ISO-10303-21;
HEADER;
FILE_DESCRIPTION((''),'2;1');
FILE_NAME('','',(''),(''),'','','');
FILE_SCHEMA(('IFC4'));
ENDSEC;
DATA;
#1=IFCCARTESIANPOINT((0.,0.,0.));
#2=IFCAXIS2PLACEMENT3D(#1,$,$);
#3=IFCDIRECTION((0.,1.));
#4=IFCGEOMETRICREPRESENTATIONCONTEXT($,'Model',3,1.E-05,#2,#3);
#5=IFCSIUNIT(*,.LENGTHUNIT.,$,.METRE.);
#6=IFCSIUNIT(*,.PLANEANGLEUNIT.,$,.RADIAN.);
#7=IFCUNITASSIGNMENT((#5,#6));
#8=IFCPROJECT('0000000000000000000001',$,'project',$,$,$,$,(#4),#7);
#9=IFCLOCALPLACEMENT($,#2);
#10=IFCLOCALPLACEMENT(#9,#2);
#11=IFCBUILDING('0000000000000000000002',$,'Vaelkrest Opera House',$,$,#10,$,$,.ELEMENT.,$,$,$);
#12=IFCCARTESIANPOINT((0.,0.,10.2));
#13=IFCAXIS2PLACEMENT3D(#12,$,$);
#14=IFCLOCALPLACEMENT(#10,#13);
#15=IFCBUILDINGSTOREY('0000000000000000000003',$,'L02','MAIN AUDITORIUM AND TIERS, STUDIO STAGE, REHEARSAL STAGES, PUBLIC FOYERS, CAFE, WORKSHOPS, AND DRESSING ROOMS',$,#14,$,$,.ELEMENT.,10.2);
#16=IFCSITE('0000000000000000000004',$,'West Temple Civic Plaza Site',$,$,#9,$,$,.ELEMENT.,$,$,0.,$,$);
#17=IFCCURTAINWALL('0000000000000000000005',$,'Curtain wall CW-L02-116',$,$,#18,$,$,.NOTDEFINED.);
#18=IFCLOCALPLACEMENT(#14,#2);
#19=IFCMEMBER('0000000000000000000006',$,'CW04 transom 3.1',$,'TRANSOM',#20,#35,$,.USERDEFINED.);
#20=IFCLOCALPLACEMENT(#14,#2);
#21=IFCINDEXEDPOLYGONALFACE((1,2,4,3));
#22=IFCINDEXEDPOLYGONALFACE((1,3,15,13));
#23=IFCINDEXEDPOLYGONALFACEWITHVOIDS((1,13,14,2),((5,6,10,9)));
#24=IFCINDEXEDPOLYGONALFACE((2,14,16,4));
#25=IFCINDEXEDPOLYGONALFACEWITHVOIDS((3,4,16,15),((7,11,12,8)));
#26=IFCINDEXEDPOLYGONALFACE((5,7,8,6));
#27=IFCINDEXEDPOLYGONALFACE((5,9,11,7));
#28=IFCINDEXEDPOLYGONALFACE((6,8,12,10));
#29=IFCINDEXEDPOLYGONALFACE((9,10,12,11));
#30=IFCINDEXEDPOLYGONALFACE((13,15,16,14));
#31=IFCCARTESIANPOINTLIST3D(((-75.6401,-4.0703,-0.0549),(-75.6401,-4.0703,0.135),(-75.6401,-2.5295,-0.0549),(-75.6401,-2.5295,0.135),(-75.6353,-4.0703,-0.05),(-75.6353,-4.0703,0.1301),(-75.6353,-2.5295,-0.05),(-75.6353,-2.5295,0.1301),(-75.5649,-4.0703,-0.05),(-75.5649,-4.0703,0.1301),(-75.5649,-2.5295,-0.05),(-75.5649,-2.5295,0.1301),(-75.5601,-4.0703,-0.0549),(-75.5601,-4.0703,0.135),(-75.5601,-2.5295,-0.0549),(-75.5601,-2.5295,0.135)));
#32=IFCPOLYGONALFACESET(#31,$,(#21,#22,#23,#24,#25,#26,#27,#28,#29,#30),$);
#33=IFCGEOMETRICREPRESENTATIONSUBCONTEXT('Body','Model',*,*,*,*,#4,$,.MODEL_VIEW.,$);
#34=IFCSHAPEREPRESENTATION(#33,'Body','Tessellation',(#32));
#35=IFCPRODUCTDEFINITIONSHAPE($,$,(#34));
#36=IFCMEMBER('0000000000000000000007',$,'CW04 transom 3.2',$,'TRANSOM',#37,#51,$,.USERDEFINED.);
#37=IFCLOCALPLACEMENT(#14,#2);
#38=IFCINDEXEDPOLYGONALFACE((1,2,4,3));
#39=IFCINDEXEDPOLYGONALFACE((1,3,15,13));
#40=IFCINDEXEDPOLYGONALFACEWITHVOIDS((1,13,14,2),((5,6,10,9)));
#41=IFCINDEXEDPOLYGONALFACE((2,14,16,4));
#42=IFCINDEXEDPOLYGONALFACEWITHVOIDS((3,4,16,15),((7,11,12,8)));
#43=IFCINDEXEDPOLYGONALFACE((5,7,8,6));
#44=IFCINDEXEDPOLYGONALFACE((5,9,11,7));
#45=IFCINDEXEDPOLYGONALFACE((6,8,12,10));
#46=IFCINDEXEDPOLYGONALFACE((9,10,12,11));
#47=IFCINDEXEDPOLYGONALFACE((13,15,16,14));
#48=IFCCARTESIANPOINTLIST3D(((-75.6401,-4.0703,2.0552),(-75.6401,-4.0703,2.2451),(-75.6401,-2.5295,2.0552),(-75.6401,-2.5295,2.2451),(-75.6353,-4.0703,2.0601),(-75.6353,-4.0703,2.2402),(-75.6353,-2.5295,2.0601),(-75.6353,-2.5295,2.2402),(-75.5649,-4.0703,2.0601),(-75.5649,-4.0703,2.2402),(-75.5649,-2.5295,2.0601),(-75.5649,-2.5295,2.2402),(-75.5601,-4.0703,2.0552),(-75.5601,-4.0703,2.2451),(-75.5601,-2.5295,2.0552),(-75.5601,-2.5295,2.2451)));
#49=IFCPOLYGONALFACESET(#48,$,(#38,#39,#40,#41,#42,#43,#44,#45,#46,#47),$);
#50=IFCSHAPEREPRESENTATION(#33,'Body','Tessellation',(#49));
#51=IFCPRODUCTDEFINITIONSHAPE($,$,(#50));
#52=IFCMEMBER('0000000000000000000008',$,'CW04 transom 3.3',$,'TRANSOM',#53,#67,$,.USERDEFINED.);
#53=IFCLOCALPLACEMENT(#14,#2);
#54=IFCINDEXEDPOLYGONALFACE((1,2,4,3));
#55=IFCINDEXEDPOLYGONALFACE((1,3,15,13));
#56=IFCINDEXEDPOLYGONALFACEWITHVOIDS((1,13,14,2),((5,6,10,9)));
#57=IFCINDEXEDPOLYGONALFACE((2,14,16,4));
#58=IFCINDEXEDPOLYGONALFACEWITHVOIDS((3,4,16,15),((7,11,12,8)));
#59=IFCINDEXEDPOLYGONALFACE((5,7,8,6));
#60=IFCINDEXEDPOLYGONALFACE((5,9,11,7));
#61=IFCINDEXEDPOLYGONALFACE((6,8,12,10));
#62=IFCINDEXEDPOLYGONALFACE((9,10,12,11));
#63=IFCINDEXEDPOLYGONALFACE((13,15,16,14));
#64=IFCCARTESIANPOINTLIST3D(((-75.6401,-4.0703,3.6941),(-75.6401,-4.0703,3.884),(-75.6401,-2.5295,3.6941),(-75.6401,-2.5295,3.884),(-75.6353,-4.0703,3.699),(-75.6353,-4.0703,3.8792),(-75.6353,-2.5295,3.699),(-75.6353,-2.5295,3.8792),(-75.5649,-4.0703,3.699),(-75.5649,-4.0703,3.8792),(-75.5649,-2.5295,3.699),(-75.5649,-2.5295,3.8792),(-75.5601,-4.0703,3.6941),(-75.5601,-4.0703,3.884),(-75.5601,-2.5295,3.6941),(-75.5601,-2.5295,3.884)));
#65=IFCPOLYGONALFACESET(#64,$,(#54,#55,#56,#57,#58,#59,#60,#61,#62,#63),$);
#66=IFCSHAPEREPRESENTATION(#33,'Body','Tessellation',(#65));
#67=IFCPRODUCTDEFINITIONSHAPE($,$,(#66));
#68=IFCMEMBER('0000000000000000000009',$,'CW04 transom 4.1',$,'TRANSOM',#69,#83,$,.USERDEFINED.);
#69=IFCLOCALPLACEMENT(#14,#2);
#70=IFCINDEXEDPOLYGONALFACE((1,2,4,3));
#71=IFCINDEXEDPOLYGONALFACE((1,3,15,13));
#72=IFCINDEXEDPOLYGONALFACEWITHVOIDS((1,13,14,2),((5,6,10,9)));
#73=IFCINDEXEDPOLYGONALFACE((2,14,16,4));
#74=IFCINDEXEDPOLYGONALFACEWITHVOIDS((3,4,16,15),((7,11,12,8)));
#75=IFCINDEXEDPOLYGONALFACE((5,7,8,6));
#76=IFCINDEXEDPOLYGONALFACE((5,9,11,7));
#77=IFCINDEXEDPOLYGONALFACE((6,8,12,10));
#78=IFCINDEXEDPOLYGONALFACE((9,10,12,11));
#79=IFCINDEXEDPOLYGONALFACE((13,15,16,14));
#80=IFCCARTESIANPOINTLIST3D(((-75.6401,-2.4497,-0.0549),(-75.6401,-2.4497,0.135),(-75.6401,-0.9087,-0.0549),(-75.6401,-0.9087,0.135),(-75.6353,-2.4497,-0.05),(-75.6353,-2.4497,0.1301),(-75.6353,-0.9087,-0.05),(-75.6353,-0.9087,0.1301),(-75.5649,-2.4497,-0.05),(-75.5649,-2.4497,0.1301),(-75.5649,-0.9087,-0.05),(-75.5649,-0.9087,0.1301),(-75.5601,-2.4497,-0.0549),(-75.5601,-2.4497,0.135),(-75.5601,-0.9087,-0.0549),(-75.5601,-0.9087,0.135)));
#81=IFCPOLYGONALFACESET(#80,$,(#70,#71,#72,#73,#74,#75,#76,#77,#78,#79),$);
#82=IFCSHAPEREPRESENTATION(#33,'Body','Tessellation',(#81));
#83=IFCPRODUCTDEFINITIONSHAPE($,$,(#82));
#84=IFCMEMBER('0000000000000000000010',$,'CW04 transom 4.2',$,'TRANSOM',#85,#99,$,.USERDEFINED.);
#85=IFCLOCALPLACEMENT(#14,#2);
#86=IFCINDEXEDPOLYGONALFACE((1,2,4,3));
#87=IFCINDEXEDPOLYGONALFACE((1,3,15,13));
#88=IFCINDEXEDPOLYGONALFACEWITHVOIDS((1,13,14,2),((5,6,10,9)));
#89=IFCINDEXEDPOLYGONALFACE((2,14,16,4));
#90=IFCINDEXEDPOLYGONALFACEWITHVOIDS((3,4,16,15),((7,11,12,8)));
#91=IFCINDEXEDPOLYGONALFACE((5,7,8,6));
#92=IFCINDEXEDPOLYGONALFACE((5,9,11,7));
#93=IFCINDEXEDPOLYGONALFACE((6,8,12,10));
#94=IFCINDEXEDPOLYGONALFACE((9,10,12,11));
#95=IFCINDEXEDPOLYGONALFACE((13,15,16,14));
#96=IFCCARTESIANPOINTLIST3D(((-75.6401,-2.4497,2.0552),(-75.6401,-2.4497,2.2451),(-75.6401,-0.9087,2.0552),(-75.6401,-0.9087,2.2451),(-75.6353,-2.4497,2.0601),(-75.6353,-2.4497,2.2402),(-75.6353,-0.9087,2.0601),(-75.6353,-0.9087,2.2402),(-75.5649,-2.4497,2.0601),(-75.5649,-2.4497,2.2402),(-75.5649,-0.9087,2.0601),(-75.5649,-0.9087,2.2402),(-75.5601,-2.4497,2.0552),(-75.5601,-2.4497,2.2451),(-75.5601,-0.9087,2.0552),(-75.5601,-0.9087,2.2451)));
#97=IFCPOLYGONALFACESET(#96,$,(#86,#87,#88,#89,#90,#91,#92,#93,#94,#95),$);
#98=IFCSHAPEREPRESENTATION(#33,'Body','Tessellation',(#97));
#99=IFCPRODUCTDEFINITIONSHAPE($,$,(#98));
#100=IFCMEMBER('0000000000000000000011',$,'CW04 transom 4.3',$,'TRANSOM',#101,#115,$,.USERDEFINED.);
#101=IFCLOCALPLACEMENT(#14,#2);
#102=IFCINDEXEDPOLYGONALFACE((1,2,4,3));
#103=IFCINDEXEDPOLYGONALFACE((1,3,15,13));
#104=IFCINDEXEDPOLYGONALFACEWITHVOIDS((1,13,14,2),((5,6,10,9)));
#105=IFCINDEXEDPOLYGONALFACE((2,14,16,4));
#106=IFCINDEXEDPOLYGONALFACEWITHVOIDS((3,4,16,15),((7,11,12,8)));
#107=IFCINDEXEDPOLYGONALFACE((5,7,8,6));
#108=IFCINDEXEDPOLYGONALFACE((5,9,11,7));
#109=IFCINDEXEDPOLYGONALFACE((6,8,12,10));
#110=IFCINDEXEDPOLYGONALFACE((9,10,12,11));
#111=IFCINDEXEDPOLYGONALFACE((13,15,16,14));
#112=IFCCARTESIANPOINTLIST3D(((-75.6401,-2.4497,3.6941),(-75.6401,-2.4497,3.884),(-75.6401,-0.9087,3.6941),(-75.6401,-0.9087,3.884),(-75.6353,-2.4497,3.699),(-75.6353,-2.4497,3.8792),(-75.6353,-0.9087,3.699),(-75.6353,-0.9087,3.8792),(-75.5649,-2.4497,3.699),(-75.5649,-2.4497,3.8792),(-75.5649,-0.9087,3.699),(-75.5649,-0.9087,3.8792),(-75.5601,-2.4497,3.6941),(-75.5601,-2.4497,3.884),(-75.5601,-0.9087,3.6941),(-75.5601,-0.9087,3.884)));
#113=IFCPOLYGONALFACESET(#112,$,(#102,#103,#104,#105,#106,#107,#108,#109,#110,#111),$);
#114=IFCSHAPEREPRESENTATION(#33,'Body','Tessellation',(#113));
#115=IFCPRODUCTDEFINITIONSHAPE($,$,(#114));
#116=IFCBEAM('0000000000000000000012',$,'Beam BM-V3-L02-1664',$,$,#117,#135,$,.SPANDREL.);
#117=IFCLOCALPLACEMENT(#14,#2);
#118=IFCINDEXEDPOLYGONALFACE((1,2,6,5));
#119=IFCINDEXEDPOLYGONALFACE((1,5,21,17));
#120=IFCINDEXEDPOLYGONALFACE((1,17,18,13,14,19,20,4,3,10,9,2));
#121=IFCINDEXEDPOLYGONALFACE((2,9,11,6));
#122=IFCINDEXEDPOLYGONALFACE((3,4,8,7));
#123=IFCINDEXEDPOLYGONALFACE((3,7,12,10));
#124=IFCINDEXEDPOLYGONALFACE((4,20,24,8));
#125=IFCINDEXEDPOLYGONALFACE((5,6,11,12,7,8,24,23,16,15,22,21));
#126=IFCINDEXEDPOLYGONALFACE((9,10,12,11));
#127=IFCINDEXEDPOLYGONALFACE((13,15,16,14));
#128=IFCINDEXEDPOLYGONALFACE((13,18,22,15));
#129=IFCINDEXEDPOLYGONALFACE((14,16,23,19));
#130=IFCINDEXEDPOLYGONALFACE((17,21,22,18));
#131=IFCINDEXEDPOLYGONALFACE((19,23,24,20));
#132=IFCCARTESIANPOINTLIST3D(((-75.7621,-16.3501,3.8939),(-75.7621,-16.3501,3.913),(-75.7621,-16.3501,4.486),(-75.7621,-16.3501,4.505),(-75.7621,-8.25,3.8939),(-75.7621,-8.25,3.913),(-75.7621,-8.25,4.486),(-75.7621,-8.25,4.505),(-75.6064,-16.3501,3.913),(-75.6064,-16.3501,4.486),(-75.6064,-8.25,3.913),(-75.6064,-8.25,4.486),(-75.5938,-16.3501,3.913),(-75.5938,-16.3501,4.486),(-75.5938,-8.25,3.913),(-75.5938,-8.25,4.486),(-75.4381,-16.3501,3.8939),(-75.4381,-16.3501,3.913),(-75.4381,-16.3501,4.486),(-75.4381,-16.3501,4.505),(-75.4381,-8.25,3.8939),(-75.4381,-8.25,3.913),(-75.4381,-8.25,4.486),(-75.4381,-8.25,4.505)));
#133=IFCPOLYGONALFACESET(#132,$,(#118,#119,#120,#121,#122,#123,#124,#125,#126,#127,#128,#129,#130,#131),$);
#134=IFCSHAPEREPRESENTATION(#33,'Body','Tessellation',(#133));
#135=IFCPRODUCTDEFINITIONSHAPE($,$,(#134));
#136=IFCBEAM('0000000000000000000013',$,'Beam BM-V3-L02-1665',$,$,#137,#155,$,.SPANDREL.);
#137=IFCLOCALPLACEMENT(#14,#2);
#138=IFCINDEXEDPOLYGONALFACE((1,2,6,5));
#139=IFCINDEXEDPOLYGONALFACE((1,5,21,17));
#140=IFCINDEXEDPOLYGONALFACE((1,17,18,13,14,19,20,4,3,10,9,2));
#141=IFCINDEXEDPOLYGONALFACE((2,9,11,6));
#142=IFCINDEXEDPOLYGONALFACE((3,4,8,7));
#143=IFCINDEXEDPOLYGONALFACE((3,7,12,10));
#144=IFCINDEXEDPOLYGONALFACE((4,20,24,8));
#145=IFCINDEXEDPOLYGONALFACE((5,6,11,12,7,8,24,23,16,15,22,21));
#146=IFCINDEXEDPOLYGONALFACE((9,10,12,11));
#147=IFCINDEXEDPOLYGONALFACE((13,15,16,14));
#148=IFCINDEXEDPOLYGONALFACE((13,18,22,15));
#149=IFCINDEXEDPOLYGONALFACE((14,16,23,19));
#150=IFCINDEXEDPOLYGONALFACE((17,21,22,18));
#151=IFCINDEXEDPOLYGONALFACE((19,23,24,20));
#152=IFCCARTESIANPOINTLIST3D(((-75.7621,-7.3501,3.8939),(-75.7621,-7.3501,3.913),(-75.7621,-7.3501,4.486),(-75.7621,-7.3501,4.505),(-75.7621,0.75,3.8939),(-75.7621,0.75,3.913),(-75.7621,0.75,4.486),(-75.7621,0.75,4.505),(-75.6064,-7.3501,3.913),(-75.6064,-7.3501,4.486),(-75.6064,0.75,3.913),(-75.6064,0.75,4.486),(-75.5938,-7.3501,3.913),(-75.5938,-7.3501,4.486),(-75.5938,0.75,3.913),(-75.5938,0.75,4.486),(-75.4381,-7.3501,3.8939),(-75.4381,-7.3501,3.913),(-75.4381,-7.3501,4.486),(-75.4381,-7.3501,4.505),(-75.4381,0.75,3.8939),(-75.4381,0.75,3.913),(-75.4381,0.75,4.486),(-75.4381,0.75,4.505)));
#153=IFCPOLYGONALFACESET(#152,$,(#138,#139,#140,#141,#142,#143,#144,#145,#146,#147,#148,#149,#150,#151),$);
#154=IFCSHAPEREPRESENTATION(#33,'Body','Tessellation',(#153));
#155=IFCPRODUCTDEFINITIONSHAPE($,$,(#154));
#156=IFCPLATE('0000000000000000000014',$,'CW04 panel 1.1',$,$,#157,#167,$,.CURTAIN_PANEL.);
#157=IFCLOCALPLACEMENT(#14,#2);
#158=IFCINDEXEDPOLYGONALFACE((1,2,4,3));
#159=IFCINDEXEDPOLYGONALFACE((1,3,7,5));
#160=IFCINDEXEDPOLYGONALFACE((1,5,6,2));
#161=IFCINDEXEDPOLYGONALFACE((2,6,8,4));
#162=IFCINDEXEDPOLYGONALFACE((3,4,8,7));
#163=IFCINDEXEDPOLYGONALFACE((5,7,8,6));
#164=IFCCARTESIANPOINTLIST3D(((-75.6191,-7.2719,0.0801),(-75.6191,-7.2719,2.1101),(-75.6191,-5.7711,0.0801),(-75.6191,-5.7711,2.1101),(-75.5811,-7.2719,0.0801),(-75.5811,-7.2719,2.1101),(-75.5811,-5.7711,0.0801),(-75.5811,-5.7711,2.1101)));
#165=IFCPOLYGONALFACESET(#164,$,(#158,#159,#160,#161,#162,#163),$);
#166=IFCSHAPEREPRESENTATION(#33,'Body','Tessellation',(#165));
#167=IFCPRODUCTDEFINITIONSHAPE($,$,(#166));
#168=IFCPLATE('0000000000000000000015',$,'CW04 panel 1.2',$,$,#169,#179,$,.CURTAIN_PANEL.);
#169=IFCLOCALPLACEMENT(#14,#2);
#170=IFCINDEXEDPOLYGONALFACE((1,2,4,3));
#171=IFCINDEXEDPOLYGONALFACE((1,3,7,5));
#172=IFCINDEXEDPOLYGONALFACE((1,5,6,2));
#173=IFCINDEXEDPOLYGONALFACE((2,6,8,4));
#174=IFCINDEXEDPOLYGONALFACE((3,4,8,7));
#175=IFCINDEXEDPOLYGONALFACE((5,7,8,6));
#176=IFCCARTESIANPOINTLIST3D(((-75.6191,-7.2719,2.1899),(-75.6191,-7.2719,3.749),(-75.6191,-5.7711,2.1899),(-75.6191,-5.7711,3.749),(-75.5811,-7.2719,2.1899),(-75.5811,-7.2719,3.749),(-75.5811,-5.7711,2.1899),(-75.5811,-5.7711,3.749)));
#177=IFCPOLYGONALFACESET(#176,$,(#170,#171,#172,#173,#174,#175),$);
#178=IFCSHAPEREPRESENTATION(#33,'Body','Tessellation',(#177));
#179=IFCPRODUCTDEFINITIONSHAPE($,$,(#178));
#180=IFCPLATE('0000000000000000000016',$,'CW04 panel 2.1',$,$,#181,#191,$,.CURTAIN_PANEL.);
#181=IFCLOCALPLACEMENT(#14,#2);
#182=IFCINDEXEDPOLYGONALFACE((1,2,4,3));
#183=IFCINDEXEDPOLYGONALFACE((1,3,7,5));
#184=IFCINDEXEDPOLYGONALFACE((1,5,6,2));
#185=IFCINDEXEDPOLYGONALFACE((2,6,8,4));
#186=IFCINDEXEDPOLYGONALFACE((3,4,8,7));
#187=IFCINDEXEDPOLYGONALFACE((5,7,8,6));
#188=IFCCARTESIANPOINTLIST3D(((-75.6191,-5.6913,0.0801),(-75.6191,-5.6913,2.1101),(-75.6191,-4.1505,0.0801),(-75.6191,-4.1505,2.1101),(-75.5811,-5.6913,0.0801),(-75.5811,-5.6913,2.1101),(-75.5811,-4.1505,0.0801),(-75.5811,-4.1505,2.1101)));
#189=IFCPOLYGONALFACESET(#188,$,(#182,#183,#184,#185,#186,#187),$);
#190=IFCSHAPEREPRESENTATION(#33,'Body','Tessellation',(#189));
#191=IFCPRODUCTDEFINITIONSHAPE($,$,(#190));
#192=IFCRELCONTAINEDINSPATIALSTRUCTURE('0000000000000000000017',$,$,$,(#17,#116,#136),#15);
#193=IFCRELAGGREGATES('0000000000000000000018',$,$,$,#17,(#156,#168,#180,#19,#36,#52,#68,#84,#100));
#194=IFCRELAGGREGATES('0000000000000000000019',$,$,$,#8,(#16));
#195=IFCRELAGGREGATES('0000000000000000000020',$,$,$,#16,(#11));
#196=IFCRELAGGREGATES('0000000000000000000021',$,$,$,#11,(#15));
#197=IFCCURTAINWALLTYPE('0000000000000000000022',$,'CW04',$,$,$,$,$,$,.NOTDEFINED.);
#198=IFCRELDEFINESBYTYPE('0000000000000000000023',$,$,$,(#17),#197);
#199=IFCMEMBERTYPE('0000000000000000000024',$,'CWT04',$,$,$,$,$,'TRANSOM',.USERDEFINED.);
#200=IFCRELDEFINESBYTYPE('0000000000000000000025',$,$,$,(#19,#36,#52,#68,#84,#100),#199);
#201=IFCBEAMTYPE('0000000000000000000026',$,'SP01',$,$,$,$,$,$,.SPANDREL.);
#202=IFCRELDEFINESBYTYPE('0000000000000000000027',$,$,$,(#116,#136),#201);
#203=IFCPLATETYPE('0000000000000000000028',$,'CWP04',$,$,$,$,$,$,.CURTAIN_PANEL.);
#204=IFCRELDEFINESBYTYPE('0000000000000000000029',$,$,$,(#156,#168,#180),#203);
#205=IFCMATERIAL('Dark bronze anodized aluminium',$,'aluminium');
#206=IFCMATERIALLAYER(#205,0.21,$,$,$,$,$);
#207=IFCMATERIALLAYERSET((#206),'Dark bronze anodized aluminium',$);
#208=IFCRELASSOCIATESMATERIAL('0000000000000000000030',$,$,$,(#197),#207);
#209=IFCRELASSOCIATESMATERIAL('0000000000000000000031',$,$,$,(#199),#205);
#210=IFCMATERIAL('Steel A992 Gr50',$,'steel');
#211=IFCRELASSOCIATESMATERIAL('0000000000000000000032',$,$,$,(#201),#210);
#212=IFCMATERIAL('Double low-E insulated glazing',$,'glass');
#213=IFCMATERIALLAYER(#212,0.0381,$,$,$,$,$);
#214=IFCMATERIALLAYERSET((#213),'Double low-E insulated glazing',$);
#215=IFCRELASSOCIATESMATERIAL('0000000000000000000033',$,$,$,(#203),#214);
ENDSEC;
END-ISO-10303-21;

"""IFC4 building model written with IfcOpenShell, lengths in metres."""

from ifc_helpers import new_model, si_unit, direction, frame, origin, origin_2d, place, context, subcontext, project, spatial, rectangle, hollow_rectangle, i_section, extrude, material, layer, layer_set, material_profile, profile_set, type_object, element, aggregate, save


model = new_model("IFC4")

# Units and contexts
model_context = context("Model", 3, precision=1e-05, world=origin(), true_north=direction((0.0, 1.0)))
body_context = subcontext(model_context, "Body", "Model", "MODEL_VIEW")
ifc_project = project(units=[si_unit("LENGTHUNIT", "METRE"), si_unit("PLANEANGLEUNIT", "RADIAN")], contexts=[model_context])

# Site, building, storey
site_placement = place(None, origin())
site = spatial("IfcSite", under=ifc_project, at=site_placement, Name="West Temple Civic Plaza Site", CompositionType="ELEMENT", RefElevation=0.0)
building_placement = place(site_placement, origin())
building = spatial("IfcBuilding", under=site, at=building_placement, Name="Vaelkrest Opera House", CompositionType="ELEMENT")
storey_placement = place(building_placement, frame((0.0, 0.0, 10.2)))
storey = spatial("IfcBuildingStorey", under=building, at=storey_placement, Name="L02", Description="MAIN AUDITORIUM AND TIERS, STUDIO STAGE, REHEARSAL STAGES, PUBLIC FOYERS, CAFE, WORKSHOPS, AND DRESSING ROOMS", CompositionType="ELEMENT", Elevation=10.2)

# Curtain wall, members
ifc_material_1 = material(Name="Dark bronze anodized aluminium", Category="aluminium")
ifc_layer_1 = layer(ifc_material_1, 0.21)
ifc_layer_set_1 = layer_set([ifc_layer_1], Name="Dark bronze anodized aluminium")
curtain_wall_type = type_object("IfcCurtainWallType", Name="CW04", PredefinedType="NOTDEFINED", material=ifc_layer_set_1)
curtain_wall_placement = place(storey_placement, origin())
curtain_wall = element("IfcCurtainWall", 1, at=curtain_wall_placement, inside=storey, type_object=curtain_wall_type, Name="Curtain wall CW-L02-116", PredefinedType="NOTDEFINED")
ifc_material_profile_1 = material_profile(ifc_material_1, hollow_rectangle(XDim=0.0801, YDim=0.1899, WallThickness=0.0049, at=origin_2d()), Name="CWT80X190")
ifc_profile_set_1 = profile_set([ifc_material_profile_1], Name="Dark bronze anodized aluminium")
member_type_1 = type_object("IfcMemberType", Name="CWT04", ElementType="TRANSOM", PredefinedType="USERDEFINED", material=ifc_profile_set_1)
member_1_placement = place(storey_placement, frame((-75.6001, -4.0703, 0.04), z_axis=(0.0, 1.0, 0.0), x_axis=(-1.0, 0.0, 0.0)))
member_1 = element("IfcMember", 2, at=member_1_placement, type_object=member_type_1, Name="CW04 transom 3.1", ObjectType="TRANSOM", PredefinedType="USERDEFINED", context=body_context, shape_type="SweptSolid", body=[
    extrude(hollow_rectangle(XDim=0.0801, YDim=0.1899, WallThickness=0.0049, at=origin_2d()), origin(), (0.0, 0.0, 1.0), 1.5408),
])
member_2_placement = place(storey_placement, frame((-75.6001, -4.0703, 2.1501), z_axis=(0.0, 1.0, 0.0), x_axis=(-1.0, 0.0, 0.0)))
member_2 = element("IfcMember", 3, at=member_2_placement, type_object=member_type_1, Name="CW04 transom 3.2", ObjectType="TRANSOM", PredefinedType="USERDEFINED", context=body_context, shape_type="SweptSolid", body=[
    extrude(hollow_rectangle(XDim=0.0801, YDim=0.1899, WallThickness=0.0049, at=origin_2d()), origin(), (0.0, 0.0, 1.0), 1.5408),
])
member_3_placement = place(storey_placement, frame((-75.6001, -4.0703, 3.7891), z_axis=(0.0, 1.0, 0.0), x_axis=(-1.0, 0.0, 0.0)))
member_3 = element("IfcMember", 4, at=member_3_placement, type_object=member_type_1, Name="CW04 transom 3.3", ObjectType="TRANSOM", PredefinedType="USERDEFINED", context=body_context, shape_type="SweptSolid", body=[
    extrude(hollow_rectangle(XDim=0.0801, YDim=0.1899, WallThickness=0.0049, at=origin_2d()), origin(), (0.0, 0.0, 1.0), 1.5408),
])
member_4_placement = place(storey_placement, frame((-75.6001, -2.4497, 0.04), z_axis=(0.0, 1.0, 0.0), x_axis=(-1.0, 0.0, 0.0)))
member_4 = element("IfcMember", 5, at=member_4_placement, type_object=member_type_1, Name="CW04 transom 4.1", ObjectType="TRANSOM", PredefinedType="USERDEFINED", context=body_context, shape_type="SweptSolid", body=[
    extrude(hollow_rectangle(XDim=0.0801, YDim=0.1899, WallThickness=0.0049, at=origin_2d()), origin(), (0.0, 0.0, 1.0), 1.541),
])
member_5_placement = place(storey_placement, frame((-75.6001, -2.4497, 2.1501), z_axis=(0.0, 1.0, 0.0), x_axis=(-1.0, 0.0, 0.0)))
member_5 = element("IfcMember", 6, at=member_5_placement, type_object=member_type_1, Name="CW04 transom 4.2", ObjectType="TRANSOM", PredefinedType="USERDEFINED", context=body_context, shape_type="SweptSolid", body=[
    extrude(hollow_rectangle(XDim=0.0801, YDim=0.1899, WallThickness=0.0049, at=origin_2d()), origin(), (0.0, 0.0, 1.0), 1.541),
])
member_6_placement = place(storey_placement, frame((-75.6001, -2.4497, 3.7891), z_axis=(0.0, 1.0, 0.0), x_axis=(-1.0, 0.0, 0.0)))
member_6 = element("IfcMember", 7, at=member_6_placement, type_object=member_type_1, Name="CW04 transom 4.3", ObjectType="TRANSOM", PredefinedType="USERDEFINED", context=body_context, shape_type="SweptSolid", body=[
    extrude(hollow_rectangle(XDim=0.0801, YDim=0.1899, WallThickness=0.0049, at=origin_2d()), origin(), (0.0, 0.0, 1.0), 1.541),
])

# Beams
ifc_material_2 = material(Name="Steel A992 Gr50", Category="steel")
ifc_material_profile_2 = material_profile(ifc_material_2, i_section(OverallWidth=0.324, OverallDepth=0.6111, WebThickness=0.0127, FlangeThickness=0.019, at=origin_2d()), Name="W24X104")
ifc_profile_set_2 = profile_set([ifc_material_profile_2], Name="Steel A992 Gr50")
beam_type = type_object("IfcBeamType", Name="SP01", PredefinedType="SPANDREL", material=ifc_profile_set_2)
for number, where, z_axis, x_axis, name in (
    (8, (-75.6001, -16.3501, 4.1995), (0.0, 1.0, 0.0), (-1.0, 0.0, 0.0), "Beam BM-V3-L02-1664"),
    (9, (-75.6001, -7.3501, 4.1995), (0.0, 1.0, 0.0), (-1.0, 0.0, 0.0), "Beam BM-V3-L02-1665"),
):
    element("IfcBeam", number, at=place(storey_placement, frame(where, z_axis=z_axis, x_axis=x_axis)), inside=storey, type_object=beam_type, Name=name, PredefinedType="SPANDREL", context=body_context, shape_type="SweptSolid", body=[
        extrude(i_section(OverallWidth=0.324, OverallDepth=0.6111, WebThickness=0.0127, FlangeThickness=0.019, at=origin_2d()), origin(), (0.0, 0.0, 1.0), 8.1001),
    ])

# Plates
ifc_material_3 = material(Name="Double low-E insulated glazing", Category="glass")
ifc_layer_2 = layer(ifc_material_3, 0.0381)
ifc_layer_set_2 = layer_set([ifc_layer_2], Name="Double low-E insulated glazing")
plate_type = type_object("IfcPlateType", Name="CWP04", PredefinedType="CURTAIN_PANEL", material=ifc_layer_set_2)
plate_1_placement = place(storey_placement, frame((-75.6001, -6.5215, 0.0801), z_axis=(0.0, 0.0, 1.0), x_axis=(0.0, 1.0, 0.0)))
plate_1 = element("IfcPlate", 10, at=plate_1_placement, type_object=plate_type, Name="CW04 panel 1.1", PredefinedType="CURTAIN_PANEL", context=body_context, shape_type="SweptSolid", body=[
    extrude(rectangle(XDim=1.5007, YDim=0.0381, at=origin_2d()), origin(), (0.0, 0.0, 1.0), 2.03),
])
plate_2_placement = place(storey_placement, frame((-75.6001, -6.5215, 2.1899), z_axis=(0.0, 0.0, 1.0), x_axis=(0.0, 1.0, 0.0)))
plate_2 = element("IfcPlate", 11, at=plate_2_placement, type_object=plate_type, Name="CW04 panel 1.2", PredefinedType="CURTAIN_PANEL", context=body_context, shape_type="SweptSolid", body=[
    extrude(rectangle(XDim=1.5007, YDim=0.0381, at=origin_2d()), origin(), (0.0, 0.0, 1.0), 1.5591),
])
plate_3_placement = place(storey_placement, frame((-75.6001, -4.9209, 0.0801), z_axis=(0.0, 0.0, 1.0), x_axis=(0.0, 1.0, 0.0)))
plate_3 = element("IfcPlate", 12, at=plate_3_placement, type_object=plate_type, Name="CW04 panel 2.1", PredefinedType="CURTAIN_PANEL", context=body_context, shape_type="SweptSolid", body=[
    extrude(rectangle(XDim=1.5408, YDim=0.0381, at=origin_2d()), origin(), (0.0, 0.0, 1.0), 2.03),
])
aggregate(curtain_wall, [plate_1, plate_2, plate_3, member_1, member_2, member_3, member_4, member_5, member_6])

save(model, "model.ifc")
